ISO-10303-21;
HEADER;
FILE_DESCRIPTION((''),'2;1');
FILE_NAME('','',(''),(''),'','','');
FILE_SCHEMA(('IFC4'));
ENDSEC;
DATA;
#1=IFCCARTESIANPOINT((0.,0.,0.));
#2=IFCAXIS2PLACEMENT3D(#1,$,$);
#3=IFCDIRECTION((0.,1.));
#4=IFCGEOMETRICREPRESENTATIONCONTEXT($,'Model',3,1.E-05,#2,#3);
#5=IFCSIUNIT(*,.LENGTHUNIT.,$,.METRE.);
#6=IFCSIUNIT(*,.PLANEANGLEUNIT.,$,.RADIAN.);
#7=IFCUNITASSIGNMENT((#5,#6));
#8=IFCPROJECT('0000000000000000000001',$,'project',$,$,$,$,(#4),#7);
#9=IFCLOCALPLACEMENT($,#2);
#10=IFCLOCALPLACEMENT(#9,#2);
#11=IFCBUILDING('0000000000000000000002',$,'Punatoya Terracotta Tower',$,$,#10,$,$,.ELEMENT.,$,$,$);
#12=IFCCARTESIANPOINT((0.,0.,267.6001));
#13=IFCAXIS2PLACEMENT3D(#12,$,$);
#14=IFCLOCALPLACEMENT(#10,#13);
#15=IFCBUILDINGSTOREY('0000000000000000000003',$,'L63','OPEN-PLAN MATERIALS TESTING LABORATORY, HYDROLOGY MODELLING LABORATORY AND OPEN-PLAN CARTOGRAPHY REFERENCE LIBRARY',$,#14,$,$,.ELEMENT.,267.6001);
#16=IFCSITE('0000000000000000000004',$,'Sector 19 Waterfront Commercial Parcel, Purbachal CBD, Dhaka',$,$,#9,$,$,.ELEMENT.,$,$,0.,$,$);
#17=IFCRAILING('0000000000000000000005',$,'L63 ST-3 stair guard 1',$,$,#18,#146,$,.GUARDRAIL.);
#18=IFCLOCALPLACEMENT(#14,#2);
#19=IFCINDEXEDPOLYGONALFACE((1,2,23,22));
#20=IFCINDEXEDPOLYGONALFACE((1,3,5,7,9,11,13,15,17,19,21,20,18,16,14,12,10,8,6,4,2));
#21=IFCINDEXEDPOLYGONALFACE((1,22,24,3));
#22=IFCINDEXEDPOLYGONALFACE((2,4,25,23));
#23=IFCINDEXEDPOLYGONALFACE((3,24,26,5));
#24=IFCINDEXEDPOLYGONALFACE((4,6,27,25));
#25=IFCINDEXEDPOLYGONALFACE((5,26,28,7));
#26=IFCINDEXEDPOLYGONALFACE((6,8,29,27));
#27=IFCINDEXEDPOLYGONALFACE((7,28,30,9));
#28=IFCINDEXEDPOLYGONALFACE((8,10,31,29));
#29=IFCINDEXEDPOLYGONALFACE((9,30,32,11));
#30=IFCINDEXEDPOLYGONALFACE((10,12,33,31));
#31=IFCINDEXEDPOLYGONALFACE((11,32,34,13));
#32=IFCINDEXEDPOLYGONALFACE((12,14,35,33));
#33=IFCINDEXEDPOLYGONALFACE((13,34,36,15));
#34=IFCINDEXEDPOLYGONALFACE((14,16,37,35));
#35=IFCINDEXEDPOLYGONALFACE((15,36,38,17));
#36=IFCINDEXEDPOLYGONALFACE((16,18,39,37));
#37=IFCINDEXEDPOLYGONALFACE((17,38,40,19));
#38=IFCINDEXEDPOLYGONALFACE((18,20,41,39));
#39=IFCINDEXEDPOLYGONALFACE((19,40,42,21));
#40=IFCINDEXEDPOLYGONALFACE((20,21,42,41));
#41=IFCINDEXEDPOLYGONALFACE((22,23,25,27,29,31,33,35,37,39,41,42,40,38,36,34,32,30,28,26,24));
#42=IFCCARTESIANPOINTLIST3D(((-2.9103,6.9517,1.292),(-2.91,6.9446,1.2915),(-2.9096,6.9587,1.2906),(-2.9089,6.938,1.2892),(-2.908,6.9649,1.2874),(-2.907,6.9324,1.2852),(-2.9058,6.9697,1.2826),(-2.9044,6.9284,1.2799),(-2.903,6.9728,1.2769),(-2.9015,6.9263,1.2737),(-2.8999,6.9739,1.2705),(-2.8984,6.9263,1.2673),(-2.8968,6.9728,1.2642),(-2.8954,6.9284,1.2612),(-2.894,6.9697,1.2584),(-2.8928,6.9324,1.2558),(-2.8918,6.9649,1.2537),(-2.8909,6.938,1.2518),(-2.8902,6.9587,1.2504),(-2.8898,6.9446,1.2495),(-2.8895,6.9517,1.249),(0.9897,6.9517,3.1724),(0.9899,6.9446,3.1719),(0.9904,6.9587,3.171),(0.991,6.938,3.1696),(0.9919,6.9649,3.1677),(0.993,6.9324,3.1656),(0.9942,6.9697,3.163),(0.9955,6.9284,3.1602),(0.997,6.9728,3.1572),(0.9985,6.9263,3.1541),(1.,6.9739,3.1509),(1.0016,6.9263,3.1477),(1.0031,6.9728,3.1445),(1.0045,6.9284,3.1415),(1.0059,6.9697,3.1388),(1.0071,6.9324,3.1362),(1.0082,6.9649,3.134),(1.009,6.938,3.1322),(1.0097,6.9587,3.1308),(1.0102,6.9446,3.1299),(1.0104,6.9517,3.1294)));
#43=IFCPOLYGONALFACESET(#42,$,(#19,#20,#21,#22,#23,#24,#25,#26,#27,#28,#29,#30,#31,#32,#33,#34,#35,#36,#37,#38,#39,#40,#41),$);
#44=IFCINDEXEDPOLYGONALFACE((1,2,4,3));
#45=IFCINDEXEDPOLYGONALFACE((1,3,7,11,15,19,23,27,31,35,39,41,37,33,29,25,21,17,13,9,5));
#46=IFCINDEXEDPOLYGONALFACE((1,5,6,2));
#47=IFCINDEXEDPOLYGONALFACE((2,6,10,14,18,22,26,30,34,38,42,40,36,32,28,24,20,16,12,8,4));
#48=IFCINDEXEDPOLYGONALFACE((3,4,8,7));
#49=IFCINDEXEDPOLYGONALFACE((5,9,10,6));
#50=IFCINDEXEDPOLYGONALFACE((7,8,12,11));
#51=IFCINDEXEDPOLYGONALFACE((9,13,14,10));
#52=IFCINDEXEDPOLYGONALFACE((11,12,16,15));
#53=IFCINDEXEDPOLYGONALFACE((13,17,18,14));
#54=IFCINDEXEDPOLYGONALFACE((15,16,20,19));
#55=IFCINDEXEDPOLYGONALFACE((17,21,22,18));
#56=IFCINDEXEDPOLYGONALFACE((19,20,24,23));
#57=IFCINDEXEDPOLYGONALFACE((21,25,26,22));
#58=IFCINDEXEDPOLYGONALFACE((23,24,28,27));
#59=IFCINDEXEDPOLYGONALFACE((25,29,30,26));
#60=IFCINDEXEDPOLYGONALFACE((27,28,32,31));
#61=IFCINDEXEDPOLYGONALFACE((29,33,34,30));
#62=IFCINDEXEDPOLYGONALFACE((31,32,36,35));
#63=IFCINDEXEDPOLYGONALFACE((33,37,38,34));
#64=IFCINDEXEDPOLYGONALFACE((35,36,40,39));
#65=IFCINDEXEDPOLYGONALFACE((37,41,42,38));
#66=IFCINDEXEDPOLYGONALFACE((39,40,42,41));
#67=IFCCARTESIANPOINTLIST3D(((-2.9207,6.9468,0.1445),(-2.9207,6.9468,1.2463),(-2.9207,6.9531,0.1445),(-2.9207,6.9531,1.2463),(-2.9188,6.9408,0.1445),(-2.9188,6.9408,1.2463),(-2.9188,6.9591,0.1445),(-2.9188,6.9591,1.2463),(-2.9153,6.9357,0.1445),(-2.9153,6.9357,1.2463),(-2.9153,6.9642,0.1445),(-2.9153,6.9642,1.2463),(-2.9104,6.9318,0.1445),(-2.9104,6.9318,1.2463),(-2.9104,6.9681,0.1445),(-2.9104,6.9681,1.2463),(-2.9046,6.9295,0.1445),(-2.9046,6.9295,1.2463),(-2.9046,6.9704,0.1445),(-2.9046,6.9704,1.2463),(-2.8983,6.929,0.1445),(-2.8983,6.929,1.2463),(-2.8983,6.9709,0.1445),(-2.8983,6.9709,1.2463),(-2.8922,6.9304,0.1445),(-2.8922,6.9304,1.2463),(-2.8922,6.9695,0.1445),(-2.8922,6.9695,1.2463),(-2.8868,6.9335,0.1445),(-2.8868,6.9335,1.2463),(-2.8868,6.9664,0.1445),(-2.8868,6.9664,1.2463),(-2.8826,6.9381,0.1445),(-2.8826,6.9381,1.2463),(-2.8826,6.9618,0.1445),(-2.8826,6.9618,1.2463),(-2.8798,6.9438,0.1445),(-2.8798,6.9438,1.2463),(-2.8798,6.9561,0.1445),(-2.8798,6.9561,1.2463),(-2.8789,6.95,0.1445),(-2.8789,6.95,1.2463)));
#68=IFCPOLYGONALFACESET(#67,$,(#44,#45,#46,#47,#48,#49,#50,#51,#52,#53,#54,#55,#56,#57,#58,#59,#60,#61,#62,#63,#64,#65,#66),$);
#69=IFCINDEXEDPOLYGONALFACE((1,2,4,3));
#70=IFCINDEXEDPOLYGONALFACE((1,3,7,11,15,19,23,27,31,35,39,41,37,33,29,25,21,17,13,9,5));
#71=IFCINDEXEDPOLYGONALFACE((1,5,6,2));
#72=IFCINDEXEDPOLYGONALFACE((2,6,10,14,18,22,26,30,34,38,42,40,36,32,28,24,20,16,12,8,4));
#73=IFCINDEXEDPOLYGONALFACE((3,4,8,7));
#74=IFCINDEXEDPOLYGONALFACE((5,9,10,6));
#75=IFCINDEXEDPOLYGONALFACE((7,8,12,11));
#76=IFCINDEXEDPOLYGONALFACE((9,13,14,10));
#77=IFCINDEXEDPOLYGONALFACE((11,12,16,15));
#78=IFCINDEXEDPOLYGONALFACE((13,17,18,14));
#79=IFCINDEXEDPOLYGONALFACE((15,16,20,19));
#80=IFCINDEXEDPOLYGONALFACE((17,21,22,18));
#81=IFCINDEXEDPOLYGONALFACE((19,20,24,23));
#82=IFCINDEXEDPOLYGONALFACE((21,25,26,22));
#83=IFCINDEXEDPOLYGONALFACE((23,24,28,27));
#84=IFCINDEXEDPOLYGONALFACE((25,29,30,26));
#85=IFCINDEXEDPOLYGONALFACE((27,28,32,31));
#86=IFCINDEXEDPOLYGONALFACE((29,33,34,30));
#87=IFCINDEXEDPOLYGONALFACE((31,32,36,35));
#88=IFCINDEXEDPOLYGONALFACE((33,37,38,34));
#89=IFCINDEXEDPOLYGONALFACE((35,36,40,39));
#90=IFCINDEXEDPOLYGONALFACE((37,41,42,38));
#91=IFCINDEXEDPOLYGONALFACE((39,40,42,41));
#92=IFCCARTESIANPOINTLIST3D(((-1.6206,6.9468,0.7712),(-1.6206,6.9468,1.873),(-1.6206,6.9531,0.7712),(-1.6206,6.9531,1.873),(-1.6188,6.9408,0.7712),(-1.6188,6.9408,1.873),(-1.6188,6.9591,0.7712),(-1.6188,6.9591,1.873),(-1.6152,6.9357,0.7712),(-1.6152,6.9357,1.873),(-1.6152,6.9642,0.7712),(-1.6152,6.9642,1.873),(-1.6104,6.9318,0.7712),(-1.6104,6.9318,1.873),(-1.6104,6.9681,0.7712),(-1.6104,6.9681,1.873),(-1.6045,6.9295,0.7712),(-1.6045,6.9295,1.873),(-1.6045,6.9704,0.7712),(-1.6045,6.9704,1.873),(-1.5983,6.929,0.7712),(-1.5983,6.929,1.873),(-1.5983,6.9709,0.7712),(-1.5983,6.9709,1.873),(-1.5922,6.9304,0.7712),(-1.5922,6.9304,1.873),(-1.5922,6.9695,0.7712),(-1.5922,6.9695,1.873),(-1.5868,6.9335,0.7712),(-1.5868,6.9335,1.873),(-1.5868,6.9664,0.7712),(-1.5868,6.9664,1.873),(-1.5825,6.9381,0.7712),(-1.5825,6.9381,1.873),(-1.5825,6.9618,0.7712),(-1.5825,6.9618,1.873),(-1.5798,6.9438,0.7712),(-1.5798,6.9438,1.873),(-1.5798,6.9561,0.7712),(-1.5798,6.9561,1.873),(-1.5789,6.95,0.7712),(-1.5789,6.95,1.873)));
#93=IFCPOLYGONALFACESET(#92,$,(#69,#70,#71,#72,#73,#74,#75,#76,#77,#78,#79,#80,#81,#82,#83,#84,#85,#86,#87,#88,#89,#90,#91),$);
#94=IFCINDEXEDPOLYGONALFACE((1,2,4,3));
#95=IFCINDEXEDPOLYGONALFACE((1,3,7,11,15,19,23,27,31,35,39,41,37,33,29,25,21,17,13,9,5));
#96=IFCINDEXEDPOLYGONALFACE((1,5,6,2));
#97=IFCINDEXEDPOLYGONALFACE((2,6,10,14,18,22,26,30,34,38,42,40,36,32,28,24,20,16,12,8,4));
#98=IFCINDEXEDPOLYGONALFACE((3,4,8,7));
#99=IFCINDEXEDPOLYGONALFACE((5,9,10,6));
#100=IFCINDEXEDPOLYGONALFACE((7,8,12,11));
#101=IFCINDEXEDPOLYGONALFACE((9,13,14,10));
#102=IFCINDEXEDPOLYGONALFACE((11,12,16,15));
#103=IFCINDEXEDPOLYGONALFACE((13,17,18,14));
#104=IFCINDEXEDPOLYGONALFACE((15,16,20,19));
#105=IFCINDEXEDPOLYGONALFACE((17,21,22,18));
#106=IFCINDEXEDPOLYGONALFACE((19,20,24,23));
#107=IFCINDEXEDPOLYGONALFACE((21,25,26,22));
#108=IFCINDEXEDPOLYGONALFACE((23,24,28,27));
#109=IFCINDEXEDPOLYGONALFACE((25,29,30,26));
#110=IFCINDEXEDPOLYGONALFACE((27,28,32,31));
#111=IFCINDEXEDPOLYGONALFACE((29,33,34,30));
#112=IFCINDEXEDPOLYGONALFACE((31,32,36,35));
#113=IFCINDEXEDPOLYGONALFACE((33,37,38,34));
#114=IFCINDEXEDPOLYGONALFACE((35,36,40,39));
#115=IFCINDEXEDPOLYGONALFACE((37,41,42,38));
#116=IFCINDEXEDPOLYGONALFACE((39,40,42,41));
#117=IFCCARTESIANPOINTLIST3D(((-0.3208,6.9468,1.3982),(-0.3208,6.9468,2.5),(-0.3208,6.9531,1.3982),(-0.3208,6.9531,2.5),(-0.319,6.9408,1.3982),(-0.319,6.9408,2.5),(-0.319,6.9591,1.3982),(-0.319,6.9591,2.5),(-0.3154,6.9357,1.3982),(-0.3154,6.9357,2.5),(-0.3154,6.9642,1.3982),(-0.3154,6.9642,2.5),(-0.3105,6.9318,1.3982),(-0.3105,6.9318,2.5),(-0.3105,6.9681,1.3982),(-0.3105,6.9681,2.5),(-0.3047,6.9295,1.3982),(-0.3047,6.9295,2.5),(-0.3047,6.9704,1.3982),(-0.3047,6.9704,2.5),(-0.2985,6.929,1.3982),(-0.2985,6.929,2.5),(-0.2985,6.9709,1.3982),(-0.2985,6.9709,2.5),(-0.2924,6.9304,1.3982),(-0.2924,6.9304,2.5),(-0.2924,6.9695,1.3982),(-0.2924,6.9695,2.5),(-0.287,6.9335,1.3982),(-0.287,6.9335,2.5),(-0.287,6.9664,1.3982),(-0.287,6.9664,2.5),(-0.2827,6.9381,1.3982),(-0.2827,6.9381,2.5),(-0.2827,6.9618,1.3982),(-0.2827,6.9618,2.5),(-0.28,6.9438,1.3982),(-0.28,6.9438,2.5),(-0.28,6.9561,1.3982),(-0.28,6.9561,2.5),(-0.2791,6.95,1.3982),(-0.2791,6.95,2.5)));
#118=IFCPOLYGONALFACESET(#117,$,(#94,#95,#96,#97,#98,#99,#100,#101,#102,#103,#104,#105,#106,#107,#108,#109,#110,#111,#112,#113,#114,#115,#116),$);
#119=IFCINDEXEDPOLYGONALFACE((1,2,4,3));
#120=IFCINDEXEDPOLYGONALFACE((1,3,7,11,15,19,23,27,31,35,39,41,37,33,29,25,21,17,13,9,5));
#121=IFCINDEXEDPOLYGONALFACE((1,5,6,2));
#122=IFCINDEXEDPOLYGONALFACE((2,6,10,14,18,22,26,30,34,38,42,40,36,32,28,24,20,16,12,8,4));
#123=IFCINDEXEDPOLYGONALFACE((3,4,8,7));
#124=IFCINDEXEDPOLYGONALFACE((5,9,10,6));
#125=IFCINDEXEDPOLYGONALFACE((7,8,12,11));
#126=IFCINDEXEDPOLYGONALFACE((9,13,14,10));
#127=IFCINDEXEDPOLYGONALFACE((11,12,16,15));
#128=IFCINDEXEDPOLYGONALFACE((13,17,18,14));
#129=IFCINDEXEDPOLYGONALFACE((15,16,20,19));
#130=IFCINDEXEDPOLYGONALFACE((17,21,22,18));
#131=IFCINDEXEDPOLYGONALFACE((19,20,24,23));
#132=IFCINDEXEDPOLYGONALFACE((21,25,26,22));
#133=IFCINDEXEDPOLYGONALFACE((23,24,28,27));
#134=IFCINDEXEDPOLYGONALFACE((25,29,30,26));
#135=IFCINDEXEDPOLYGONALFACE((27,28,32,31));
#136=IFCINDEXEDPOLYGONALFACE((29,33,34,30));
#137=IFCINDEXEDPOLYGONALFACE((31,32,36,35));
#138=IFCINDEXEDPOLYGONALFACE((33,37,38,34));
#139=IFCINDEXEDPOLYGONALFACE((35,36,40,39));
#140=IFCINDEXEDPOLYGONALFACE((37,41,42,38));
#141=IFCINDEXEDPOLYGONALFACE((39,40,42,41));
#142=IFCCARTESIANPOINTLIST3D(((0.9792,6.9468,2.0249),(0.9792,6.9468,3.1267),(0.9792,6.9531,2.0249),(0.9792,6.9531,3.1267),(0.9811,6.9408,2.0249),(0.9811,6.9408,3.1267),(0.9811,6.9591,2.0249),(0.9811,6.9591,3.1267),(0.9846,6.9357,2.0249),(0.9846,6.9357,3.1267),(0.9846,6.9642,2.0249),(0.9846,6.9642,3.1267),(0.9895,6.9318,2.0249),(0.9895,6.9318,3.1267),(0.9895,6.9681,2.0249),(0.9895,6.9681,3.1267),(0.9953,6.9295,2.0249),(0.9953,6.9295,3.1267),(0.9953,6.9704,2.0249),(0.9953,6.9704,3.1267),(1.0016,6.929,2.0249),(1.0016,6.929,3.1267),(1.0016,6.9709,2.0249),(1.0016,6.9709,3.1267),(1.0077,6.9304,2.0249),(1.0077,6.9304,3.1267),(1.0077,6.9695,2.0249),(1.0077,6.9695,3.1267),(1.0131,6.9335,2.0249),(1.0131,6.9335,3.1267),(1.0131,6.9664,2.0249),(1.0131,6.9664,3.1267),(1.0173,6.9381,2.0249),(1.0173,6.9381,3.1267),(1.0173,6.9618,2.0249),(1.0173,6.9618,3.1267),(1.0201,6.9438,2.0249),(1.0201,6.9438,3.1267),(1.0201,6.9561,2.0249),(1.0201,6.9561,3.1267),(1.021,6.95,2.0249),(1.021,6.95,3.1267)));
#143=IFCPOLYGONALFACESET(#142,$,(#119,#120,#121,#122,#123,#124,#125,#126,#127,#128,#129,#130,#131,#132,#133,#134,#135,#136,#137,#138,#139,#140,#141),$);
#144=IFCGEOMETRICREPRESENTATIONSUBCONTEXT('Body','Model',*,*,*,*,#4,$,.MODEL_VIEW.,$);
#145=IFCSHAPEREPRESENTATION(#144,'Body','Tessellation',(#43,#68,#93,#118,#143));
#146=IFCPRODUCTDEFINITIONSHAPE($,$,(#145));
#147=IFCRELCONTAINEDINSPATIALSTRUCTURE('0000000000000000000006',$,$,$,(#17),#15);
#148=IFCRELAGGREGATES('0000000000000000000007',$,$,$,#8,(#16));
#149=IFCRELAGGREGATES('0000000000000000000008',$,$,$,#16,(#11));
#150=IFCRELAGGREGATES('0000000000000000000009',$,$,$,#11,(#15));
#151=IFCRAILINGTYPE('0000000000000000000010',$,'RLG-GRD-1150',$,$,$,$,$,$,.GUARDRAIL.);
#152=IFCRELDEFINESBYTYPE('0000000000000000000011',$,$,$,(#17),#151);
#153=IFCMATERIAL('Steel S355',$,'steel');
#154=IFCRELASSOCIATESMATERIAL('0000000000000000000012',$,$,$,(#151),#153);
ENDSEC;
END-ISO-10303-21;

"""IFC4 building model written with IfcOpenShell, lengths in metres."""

from ifc_helpers import new_model, si_unit, direction, frame, origin, origin_2d, place, context, subcontext, project, spatial, circle, extrude, material, type_object, element, save


model = new_model("IFC4")

# Units and contexts
model_context = context("Model", 3, precision=1e-05, world=origin(), true_north=direction((0.0, 1.0)))
body_context = subcontext(model_context, "Body", "Model", "MODEL_VIEW")
ifc_project = project(units=[si_unit("LENGTHUNIT", "METRE"), si_unit("PLANEANGLEUNIT", "RADIAN")], contexts=[model_context])

# Site, building, storey
site_placement = place(None, origin())
site = spatial("IfcSite", under=ifc_project, at=site_placement, Name="Sector 19 Waterfront Commercial Parcel, Purbachal CBD, Dhaka", CompositionType="ELEMENT", RefElevation=0.0)
building_placement = place(site_placement, origin())
building = spatial("IfcBuilding", under=site, at=building_placement, Name="Punatoya Terracotta Tower", CompositionType="ELEMENT")
storey_placement = place(building_placement, frame((0.0, 0.0, 267.6001)))
storey = spatial("IfcBuildingStorey", under=building, at=storey_placement, Name="L63", Description="OPEN-PLAN MATERIALS TESTING LABORATORY, HYDROLOGY MODELLING LABORATORY AND OPEN-PLAN CARTOGRAPHY REFERENCE LIBRARY", CompositionType="ELEMENT", Elevation=267.6001)

# Shared definitions
ifc_material_1 = material(Name="Steel S355", Category="steel")

# Railing
railing_type_1 = type_object("IfcRailingType", Name="RLG-GRD-1150", PredefinedType="GUARDRAIL", material=ifc_material_1)
railing_1_placement = place(storey_placement, frame((-2.8999, 6.95, 0.1445)))
element("IfcRailing", 1, at=railing_1_placement, inside=storey, type_object=railing_type_1, Name="L63 ST-3 stair guard 1", PredefinedType="GUARDRAIL", context=body_context, shape_type="SweptSolid", body=[
    extrude(circle(Radius=0.0239, at=origin_2d()), frame((0.0, 0.0, 1.126), z_axis=(0.900763, 0.0, 0.434311), x_axis=(0.0, 1.0, 0.0)), (0.0, 0.0, 1.0), 4.3296),
    extrude(circle(Radius=0.021, at=origin_2d()), origin(), (0.0, 0.0, 1.0), 1.1018),
    extrude(circle(Radius=0.021, at=origin_2d()), frame((1.3, 0.0, 0.6267)), (0.0, 0.0, 1.0), 1.1018),
    extrude(circle(Radius=0.021, at=origin_2d()), frame((2.5999, 0.0, 1.2537)), (0.0, 0.0, 1.0), 1.1018),
    extrude(circle(Radius=0.021, at=origin_2d()), frame((3.8999, 0.0, 1.8804)), (0.0, 0.0, 1.0), 1.1018),
])

save(model, "model.ifc")
